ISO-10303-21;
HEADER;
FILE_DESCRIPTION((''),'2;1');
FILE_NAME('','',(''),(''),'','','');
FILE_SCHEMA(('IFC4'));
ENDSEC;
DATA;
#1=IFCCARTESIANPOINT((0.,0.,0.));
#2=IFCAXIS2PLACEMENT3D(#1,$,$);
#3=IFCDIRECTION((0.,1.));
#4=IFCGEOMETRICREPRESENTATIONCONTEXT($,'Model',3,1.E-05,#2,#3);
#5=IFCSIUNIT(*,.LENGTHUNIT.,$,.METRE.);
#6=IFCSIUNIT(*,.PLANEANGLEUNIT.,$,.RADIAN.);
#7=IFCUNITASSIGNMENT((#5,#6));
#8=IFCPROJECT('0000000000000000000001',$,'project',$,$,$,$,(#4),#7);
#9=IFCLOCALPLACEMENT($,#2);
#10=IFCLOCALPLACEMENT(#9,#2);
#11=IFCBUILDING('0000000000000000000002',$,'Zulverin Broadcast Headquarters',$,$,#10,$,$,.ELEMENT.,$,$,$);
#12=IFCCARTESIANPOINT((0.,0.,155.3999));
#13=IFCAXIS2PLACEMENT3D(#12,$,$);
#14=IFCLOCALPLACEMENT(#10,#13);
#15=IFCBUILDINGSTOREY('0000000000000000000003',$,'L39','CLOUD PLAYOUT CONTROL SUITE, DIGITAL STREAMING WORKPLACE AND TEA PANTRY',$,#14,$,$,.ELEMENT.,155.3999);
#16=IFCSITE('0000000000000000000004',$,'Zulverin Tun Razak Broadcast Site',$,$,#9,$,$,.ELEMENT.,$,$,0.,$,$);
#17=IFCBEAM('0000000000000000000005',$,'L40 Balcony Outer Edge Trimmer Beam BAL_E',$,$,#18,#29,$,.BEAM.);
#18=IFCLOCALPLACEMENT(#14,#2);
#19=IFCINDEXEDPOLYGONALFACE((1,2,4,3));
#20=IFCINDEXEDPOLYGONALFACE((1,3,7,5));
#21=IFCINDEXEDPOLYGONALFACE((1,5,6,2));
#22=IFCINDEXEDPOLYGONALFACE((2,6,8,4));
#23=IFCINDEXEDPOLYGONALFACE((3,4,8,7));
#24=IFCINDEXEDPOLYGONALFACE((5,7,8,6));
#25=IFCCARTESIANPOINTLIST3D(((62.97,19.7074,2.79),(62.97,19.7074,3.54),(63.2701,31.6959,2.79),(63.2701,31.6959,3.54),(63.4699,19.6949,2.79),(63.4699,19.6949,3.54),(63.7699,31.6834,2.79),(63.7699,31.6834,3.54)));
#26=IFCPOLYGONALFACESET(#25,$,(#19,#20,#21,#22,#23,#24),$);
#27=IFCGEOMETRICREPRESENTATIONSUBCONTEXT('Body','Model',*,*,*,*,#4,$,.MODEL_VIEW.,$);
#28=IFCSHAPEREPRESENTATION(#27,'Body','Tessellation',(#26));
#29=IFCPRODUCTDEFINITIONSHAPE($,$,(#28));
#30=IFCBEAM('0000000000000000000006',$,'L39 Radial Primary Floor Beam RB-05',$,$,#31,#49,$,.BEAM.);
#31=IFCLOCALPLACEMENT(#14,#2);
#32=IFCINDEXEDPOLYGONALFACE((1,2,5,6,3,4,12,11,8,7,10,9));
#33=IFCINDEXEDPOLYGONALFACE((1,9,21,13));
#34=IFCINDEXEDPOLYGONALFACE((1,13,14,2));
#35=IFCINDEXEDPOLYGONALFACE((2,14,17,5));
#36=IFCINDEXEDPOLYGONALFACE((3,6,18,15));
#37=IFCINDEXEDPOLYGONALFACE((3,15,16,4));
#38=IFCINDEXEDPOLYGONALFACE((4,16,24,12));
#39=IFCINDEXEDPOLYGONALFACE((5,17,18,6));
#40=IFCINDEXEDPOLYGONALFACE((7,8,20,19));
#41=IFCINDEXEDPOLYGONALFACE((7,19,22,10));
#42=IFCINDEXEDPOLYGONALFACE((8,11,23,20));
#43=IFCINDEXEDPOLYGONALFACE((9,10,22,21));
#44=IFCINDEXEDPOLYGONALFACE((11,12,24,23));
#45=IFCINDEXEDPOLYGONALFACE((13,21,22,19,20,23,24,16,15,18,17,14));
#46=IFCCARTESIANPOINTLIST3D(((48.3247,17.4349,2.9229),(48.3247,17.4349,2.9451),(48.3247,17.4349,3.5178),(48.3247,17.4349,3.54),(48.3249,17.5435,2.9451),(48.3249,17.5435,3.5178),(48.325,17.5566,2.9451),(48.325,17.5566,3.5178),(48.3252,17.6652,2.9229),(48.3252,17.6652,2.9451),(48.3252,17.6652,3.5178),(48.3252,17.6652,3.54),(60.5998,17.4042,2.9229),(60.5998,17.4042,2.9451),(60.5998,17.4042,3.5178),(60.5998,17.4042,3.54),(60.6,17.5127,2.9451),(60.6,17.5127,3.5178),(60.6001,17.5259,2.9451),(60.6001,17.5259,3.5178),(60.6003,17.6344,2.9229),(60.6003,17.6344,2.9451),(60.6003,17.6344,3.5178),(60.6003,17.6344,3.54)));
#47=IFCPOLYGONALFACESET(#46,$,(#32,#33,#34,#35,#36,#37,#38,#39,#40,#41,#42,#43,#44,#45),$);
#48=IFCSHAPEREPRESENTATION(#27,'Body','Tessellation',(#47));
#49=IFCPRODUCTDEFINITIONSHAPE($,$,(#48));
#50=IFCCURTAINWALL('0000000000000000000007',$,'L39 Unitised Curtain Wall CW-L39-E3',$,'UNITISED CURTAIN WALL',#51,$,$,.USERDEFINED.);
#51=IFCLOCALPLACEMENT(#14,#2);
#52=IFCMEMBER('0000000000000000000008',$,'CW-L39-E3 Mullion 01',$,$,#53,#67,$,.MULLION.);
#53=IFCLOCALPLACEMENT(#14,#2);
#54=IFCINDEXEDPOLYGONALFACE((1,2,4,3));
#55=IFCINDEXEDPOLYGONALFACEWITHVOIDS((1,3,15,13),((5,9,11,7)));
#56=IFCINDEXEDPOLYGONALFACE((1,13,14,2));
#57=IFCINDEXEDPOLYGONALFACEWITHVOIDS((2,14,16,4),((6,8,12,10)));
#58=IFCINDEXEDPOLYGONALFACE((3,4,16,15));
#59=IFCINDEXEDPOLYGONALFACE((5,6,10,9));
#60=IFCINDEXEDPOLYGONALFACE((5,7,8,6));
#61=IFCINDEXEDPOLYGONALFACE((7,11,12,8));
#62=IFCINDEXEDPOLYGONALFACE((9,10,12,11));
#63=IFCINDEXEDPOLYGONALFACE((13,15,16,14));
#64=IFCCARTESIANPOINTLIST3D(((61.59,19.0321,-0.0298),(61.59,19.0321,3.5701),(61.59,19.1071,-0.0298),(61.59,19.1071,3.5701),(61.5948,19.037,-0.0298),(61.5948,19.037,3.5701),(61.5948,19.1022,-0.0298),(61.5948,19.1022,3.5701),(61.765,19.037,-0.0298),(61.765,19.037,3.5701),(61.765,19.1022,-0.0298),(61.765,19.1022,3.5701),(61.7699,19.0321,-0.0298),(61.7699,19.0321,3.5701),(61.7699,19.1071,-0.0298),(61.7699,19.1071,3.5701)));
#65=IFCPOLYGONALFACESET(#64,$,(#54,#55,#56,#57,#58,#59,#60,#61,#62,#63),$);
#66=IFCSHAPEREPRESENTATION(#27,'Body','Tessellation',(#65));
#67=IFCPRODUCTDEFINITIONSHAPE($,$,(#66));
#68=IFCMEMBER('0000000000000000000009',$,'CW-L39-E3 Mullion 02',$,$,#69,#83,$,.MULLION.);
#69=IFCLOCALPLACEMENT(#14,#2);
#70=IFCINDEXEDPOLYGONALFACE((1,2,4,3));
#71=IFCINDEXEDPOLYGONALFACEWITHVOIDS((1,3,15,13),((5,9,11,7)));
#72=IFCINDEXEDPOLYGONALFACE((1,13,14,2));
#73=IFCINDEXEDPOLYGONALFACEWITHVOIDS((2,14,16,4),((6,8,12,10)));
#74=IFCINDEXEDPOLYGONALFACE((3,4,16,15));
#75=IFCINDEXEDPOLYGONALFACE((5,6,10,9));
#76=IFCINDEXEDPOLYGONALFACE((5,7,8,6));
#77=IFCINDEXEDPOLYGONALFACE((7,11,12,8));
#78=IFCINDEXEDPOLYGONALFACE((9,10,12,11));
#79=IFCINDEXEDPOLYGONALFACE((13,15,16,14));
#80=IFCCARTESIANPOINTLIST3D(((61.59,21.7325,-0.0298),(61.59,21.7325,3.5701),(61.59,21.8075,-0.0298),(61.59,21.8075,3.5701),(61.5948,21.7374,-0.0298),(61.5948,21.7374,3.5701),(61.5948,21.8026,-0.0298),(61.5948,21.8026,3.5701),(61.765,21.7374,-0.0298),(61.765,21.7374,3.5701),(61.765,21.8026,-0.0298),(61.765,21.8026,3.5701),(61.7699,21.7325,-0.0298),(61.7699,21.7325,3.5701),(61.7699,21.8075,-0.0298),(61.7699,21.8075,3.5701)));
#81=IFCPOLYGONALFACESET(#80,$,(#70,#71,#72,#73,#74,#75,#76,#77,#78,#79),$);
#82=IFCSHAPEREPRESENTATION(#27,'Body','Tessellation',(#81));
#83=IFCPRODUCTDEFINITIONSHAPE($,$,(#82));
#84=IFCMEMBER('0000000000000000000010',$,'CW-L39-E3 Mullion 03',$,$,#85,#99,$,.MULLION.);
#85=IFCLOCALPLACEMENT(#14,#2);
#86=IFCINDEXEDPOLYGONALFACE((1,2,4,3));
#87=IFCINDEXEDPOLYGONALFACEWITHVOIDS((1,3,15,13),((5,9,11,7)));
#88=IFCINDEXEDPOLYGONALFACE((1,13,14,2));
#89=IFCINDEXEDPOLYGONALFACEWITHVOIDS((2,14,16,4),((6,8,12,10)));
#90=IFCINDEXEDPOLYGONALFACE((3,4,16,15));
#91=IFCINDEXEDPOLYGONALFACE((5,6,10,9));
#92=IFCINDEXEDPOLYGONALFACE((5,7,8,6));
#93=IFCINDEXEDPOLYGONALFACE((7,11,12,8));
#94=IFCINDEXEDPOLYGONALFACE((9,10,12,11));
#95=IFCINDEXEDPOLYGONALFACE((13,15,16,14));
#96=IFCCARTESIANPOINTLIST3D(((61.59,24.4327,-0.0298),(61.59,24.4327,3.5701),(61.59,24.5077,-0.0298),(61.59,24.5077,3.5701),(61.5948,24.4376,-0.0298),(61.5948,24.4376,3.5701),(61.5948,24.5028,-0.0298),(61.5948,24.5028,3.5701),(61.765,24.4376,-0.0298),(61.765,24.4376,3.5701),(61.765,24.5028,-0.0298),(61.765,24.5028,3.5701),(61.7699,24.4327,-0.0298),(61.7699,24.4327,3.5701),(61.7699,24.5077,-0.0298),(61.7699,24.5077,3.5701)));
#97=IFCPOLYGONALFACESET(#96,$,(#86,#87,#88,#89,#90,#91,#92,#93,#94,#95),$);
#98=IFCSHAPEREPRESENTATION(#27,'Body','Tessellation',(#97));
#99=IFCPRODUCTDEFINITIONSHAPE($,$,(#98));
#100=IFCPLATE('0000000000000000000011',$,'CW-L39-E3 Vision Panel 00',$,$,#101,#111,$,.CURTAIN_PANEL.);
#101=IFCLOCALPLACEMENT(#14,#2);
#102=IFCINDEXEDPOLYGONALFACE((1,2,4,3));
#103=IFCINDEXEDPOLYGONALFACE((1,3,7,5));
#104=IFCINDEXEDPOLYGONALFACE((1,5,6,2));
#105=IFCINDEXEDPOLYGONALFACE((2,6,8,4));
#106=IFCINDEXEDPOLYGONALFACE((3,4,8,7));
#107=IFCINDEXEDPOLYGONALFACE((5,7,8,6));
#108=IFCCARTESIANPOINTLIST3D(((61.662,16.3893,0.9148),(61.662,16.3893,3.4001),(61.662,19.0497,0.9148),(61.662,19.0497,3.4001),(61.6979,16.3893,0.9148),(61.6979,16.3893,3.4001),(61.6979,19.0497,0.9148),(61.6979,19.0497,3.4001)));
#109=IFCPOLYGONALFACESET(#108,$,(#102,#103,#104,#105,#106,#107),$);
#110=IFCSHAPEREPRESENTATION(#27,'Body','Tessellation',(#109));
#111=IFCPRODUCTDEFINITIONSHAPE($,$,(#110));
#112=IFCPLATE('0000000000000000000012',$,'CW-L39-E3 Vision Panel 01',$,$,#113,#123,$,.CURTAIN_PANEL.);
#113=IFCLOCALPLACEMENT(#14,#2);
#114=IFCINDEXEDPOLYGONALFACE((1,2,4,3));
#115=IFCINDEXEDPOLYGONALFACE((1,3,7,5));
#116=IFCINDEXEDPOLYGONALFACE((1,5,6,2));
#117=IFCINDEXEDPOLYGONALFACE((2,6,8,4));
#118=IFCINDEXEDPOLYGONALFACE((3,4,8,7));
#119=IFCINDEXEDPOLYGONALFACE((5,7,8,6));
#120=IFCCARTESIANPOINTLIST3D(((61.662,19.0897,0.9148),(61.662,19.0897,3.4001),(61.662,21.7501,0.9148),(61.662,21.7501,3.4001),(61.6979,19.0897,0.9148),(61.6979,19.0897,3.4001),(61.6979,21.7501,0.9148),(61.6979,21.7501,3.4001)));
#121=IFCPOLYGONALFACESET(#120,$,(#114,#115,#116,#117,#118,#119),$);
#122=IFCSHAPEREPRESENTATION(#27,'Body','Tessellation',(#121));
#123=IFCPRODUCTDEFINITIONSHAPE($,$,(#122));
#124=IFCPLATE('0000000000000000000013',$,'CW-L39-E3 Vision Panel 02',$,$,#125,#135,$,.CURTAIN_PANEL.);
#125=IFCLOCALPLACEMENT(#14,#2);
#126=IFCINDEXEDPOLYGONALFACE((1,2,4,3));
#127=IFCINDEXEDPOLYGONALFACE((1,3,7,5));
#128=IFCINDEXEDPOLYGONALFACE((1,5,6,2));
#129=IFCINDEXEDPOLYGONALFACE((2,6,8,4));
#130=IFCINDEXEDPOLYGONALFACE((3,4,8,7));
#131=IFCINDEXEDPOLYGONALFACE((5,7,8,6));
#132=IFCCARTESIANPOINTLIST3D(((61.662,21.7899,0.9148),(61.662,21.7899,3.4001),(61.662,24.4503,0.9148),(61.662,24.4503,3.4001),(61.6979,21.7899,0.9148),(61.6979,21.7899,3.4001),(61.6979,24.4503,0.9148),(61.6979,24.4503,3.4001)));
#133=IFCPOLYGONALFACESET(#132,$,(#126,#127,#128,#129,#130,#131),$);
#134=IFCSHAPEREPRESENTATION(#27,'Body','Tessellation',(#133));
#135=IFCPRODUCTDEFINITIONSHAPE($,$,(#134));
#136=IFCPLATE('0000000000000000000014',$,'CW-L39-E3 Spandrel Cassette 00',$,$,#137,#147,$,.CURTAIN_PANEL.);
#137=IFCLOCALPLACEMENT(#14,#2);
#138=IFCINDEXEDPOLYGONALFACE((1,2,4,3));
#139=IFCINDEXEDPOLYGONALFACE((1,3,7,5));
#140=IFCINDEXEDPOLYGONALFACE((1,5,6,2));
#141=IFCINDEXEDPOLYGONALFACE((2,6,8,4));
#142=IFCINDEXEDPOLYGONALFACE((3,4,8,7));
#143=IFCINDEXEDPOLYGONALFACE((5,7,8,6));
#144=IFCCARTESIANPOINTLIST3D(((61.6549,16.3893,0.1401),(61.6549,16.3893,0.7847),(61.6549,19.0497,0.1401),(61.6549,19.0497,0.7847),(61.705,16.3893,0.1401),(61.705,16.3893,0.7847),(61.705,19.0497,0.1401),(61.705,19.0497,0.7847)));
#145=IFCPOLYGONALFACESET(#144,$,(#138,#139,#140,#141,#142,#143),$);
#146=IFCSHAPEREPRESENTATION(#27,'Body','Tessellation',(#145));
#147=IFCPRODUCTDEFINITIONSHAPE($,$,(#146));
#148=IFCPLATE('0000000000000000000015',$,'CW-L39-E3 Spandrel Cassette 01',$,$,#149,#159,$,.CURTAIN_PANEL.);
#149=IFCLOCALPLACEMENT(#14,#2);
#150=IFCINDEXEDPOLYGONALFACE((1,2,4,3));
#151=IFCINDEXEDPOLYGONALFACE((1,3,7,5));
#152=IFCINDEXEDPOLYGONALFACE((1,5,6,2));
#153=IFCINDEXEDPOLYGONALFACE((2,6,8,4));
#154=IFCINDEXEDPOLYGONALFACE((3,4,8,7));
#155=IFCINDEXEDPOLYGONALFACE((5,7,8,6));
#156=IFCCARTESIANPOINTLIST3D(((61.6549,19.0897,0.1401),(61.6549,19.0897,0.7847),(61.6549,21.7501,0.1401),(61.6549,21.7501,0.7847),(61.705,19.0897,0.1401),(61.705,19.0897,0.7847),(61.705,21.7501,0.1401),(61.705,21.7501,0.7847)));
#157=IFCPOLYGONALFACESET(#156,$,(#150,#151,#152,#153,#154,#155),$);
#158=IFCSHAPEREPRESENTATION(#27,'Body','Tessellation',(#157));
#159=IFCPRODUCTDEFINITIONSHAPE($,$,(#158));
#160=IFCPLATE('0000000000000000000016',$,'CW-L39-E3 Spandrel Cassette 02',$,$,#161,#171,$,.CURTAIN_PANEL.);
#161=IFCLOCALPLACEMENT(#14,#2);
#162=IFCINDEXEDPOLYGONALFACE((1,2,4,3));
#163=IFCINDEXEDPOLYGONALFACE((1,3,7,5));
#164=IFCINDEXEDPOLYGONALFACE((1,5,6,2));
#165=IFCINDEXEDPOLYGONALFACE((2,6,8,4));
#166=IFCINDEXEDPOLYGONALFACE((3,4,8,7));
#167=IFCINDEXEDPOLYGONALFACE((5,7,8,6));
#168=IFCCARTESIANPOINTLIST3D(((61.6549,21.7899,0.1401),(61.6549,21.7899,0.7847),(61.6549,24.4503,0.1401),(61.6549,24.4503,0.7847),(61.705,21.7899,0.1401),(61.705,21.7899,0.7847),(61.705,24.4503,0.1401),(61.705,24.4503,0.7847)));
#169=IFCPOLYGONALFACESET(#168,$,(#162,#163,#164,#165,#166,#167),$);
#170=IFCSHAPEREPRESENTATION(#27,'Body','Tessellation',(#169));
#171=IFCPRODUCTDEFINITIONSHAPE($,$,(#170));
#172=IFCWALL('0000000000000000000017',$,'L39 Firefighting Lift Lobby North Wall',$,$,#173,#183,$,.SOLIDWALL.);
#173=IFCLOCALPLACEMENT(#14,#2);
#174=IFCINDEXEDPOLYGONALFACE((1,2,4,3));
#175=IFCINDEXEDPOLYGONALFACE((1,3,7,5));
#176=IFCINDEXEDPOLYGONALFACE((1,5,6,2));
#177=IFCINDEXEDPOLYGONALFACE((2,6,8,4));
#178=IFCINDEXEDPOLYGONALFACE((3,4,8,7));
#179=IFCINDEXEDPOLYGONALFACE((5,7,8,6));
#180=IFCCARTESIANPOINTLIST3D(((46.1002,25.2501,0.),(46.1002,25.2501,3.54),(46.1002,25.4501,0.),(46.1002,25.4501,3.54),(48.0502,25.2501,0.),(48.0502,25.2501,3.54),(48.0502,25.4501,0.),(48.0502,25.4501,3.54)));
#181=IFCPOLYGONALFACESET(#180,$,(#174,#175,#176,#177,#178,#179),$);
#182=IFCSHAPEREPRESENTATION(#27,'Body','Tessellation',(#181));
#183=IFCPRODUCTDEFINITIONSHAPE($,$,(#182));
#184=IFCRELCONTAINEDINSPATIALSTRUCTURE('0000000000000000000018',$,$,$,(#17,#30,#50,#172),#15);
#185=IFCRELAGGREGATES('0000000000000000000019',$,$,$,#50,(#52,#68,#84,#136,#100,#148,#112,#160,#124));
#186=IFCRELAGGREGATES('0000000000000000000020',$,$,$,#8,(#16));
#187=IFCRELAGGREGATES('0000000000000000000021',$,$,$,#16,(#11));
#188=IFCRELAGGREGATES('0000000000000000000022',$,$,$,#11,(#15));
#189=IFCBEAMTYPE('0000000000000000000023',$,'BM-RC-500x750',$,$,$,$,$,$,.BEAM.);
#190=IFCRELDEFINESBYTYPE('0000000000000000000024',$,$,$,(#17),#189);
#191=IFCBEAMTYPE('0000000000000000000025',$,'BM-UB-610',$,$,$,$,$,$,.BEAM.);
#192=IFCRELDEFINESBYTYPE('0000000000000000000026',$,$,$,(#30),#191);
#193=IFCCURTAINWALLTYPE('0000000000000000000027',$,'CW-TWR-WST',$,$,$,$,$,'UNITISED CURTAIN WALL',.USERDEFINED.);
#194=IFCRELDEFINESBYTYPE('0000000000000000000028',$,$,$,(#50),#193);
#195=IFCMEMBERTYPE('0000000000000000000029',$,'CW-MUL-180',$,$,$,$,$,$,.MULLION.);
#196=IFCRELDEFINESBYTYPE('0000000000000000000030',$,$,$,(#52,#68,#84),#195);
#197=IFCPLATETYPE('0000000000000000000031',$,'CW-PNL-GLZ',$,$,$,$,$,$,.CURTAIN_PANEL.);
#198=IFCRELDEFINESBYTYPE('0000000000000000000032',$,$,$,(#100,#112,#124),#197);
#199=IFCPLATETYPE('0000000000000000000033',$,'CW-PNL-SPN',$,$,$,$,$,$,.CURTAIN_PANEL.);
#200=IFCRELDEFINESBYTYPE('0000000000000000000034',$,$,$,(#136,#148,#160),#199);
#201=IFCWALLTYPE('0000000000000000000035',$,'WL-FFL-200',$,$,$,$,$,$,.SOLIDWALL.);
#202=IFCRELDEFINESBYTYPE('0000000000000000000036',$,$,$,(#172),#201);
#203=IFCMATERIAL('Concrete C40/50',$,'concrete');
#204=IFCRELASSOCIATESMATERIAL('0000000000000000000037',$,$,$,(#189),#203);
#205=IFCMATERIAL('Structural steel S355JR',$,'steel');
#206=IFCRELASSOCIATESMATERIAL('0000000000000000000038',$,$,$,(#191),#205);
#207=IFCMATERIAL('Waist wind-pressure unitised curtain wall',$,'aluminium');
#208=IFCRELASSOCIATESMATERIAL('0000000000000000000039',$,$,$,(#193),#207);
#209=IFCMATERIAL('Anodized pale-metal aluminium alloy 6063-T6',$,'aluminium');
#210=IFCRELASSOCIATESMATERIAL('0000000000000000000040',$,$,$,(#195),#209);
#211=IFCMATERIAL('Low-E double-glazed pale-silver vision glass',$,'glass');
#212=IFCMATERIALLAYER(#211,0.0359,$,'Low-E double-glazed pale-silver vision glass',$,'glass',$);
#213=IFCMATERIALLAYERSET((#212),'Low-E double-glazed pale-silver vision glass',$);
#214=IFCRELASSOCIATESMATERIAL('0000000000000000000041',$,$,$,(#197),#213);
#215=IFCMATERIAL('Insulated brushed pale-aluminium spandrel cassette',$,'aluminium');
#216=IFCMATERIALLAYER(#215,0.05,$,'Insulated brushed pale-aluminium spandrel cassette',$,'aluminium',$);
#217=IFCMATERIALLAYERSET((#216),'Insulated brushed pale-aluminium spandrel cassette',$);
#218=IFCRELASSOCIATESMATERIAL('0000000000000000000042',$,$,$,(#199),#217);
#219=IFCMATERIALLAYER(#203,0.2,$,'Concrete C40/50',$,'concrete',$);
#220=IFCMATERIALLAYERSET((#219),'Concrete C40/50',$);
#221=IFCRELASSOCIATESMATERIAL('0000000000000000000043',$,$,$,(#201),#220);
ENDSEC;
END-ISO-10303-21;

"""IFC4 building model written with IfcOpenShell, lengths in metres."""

from ifc_helpers import new_model, si_unit, direction, frame, frame_2d, origin, origin_2d, place, context, subcontext, project, spatial, rectangle, hollow_rectangle, i_section, extrude, material, layer, layer_set, material_profile, profile_set, type_object, element, aggregate, save


model = new_model("IFC4")

# Units and contexts
model_context = context("Model", 3, precision=1e-05, world=origin(), true_north=direction((0.0, 1.0)))
body_context = subcontext(model_context, "Body", "Model", "MODEL_VIEW")
ifc_project = project(units=[si_unit("LENGTHUNIT", "METRE"), si_unit("PLANEANGLEUNIT", "RADIAN")], contexts=[model_context])

# Site, building, storey
site_placement = place(None, origin())
site = spatial("IfcSite", under=ifc_project, at=site_placement, Name="Zulverin Tun Razak Broadcast Site", CompositionType="ELEMENT", RefElevation=0.0)
building_placement = place(site_placement, origin())
building = spatial("IfcBuilding", under=site, at=building_placement, Name="Zulverin Broadcast Headquarters", CompositionType="ELEMENT")
storey_placement = place(building_placement, frame((0.0, 0.0, 155.3999)))
storey = spatial("IfcBuildingStorey", under=building, at=storey_placement, Name="L39", Description="CLOUD PLAYOUT CONTROL SUITE, DIGITAL STREAMING WORKPLACE AND TEA PANTRY", CompositionType="ELEMENT", Elevation=155.3999)

# Beams
ifc_material_1 = material(Name="Concrete C40/50", Category="concrete")
ifc_material_profile_1 = material_profile(ifc_material_1, rectangle(XDim=0.5, YDim=0.75, at=origin_2d()), Name="Concrete C40/50", Category="concrete")
ifc_profile_set_1 = profile_set([ifc_material_profile_1], Name="Concrete C40/50")
beam_type_1 = type_object("IfcBeamType", Name="BM-RC-500x750", PredefinedType="BEAM", material=ifc_profile_set_1)
beam_1_placement = place(storey_placement, frame((63.22, 19.7012, 3.165), z_axis=(0.02502, 0.999687, 0.0), x_axis=(-0.999687, 0.02502, 0.0)))
element("IfcBeam", 1, at=beam_1_placement, inside=storey, type_object=beam_type_1, Name="L40 Balcony Outer Edge Trimmer Beam BAL_E", PredefinedType="BEAM", context=body_context, shape_type="SweptSolid", body=[
    extrude(rectangle(XDim=0.5, YDim=0.75, at=origin_2d()), origin(), (0.0, 0.0, 1.0), 11.9922),
])
ifc_material_2 = material(Name="Structural steel S355JR", Category="steel")
ifc_material_profile_2 = material_profile(ifc_material_2, i_section(OverallWidth=0.2302, OverallDepth=0.6172, WebThickness=0.0132, FlangeThickness=0.0222, at=origin_2d()), Name="Structural steel S355JR", Category="steel")
ifc_profile_set_2 = profile_set([ifc_material_profile_2], Name="Structural steel S355JR")
beam_type_2 = type_object("IfcBeamType", Name="BM-UB-610", PredefinedType="BEAM", material=ifc_profile_set_2)
beam_2_placement = place(storey_placement, frame((48.325, 17.55, 3.2314), z_axis=(0.999997, -0.002506, 0.0), x_axis=(0.002506, 0.999997, 0.0)))
element("IfcBeam", 2, at=beam_2_placement, inside=storey, type_object=beam_type_2, Name="L39 Radial Primary Floor Beam RB-05", PredefinedType="BEAM", context=body_context, shape_type="SweptSolid", body=[
    extrude(i_section(OverallWidth=0.2302, OverallDepth=0.6172, WebThickness=0.0132, FlangeThickness=0.0222, at=origin_2d()), origin(), (0.0, 0.0, 1.0), 12.2751),
])

# Curtain wall, members, plates
ifc_material_3 = material(Name="Waist wind-pressure unitised curtain wall", Category="aluminium")
curtain_wall_type = type_object("IfcCurtainWallType", Name="CW-TWR-WST", ElementType="UNITISED CURTAIN WALL", PredefinedType="USERDEFINED", material=ifc_material_3)
curtain_wall_placement = place(storey_placement, origin())
curtain_wall = element("IfcCurtainWall", 3, at=curtain_wall_placement, inside=storey, type_object=curtain_wall_type, Name="L39 Unitised Curtain Wall CW-L39-E3", ObjectType="UNITISED CURTAIN WALL", PredefinedType="USERDEFINED")
ifc_material_4 = material(Name="Anodized pale-metal aluminium alloy 6063-T6", Category="aluminium")
ifc_material_profile_3 = material_profile(ifc_material_4, hollow_rectangle(XDim=0.075, YDim=0.1799, WallThickness=0.0049, at=origin_2d()), Name="Anodized pale-metal aluminium alloy 6063-T6", Category="aluminium")
ifc_profile_set_3 = profile_set([ifc_material_profile_3], Name="Anodized pale-metal aluminium alloy 6063-T6")
member_type = type_object("IfcMemberType", Name="CW-MUL-180", PredefinedType="MULLION", material=ifc_profile_set_3)
member_1_placement = place(storey_placement, frame((61.6799, 19.0696, -0.0298), z_axis=(0.0, 0.0, 1.0), x_axis=(0.0, 1.0, 0.0)))
member_1 = element("IfcMember", 4, at=member_1_placement, type_object=member_type, Name="CW-L39-E3 Mullion 01", PredefinedType="MULLION", context=body_context, shape_type="SweptSolid", body=[
    extrude(hollow_rectangle(XDim=0.075, YDim=0.1799, WallThickness=0.0049, at=origin_2d()), origin(), (0.0, 0.0, 1.0), 3.5999),
])
member_2_placement = place(storey_placement, frame((61.6799, 21.77, -0.0298), z_axis=(0.0, 0.0, 1.0), x_axis=(0.0, 1.0, 0.0)))
member_2 = element("IfcMember", 5, at=member_2_placement, type_object=member_type, Name="CW-L39-E3 Mullion 02", PredefinedType="MULLION", context=body_context, shape_type="SweptSolid", body=[
    extrude(hollow_rectangle(XDim=0.075, YDim=0.1799, WallThickness=0.0049, at=origin_2d()), origin(), (0.0, 0.0, 1.0), 3.5999),
])
member_3_placement = place(storey_placement, frame((61.6799, 24.4702, -0.0298), z_axis=(0.0, 0.0, 1.0), x_axis=(0.0, 1.0, 0.0)))
member_3 = element("IfcMember", 6, at=member_3_placement, type_object=member_type, Name="CW-L39-E3 Mullion 03", PredefinedType="MULLION", context=body_context, shape_type="SweptSolid", body=[
    extrude(hollow_rectangle(XDim=0.075, YDim=0.1799, WallThickness=0.0049, at=origin_2d()), origin(), (0.0, 0.0, 1.0), 3.5999),
])
ifc_material_5 = material(Name="Low-E double-glazed pale-silver vision glass", Category="glass")
ifc_layer_1 = layer(ifc_material_5, 0.0359, Name="Low-E double-glazed pale-silver vision glass", Category="glass")
ifc_layer_set_1 = layer_set([ifc_layer_1], Name="Low-E double-glazed pale-silver vision glass")
plate_type_1 = type_object("IfcPlateType", Name="CW-PNL-GLZ", PredefinedType="CURTAIN_PANEL", material=ifc_layer_set_1)
plate_1_placement = place(storey_placement, frame((61.6799, 17.7195, 0.9148), z_axis=(0.0, 0.0, 1.0), x_axis=(0.0, 1.0, 0.0)))
plate_1 = element("IfcPlate", 7, at=plate_1_placement, type_object=plate_type_1, Name="CW-L39-E3 Vision Panel 00", PredefinedType="CURTAIN_PANEL", context=body_context, shape_type="SweptSolid", body=[
    extrude(rectangle(XDim=2.6604, YDim=0.0359, at=origin_2d()), origin(), (0.0, 0.0, 1.0), 2.4854),
])
plate_2_placement = place(storey_placement, frame((61.6799, 20.4199, 0.9148), z_axis=(0.0, 0.0, 1.0), x_axis=(0.0, 1.0, 0.0)))
plate_2 = element("IfcPlate", 8, at=plate_2_placement, type_object=plate_type_1, Name="CW-L39-E3 Vision Panel 01", PredefinedType="CURTAIN_PANEL", context=body_context, shape_type="SweptSolid", body=[
    extrude(rectangle(XDim=2.6604, YDim=0.0359, at=origin_2d()), origin(), (0.0, 0.0, 1.0), 2.4854),
])
plate_3_placement = place(storey_placement, frame((61.6799, 23.1201, 0.9148), z_axis=(0.0, 0.0, 1.0), x_axis=(0.0, 1.0, 0.0)))
plate_3 = element("IfcPlate", 9, at=plate_3_placement, type_object=plate_type_1, Name="CW-L39-E3 Vision Panel 02", PredefinedType="CURTAIN_PANEL", context=body_context, shape_type="SweptSolid", body=[
    extrude(rectangle(XDim=2.6604, YDim=0.0359, at=origin_2d()), origin(), (0.0, 0.0, 1.0), 2.4854),
])
ifc_material_6 = material(Name="Insulated brushed pale-aluminium spandrel cassette", Category="aluminium")
ifc_layer_2 = layer(ifc_material_6, 0.05, Name="Insulated brushed pale-aluminium spandrel cassette", Category="aluminium")
ifc_layer_set_2 = layer_set([ifc_layer_2], Name="Insulated brushed pale-aluminium spandrel cassette")
plate_type_2 = type_object("IfcPlateType", Name="CW-PNL-SPN", PredefinedType="CURTAIN_PANEL", material=ifc_layer_set_2)
plate_4_placement = place(storey_placement, frame((61.6799, 17.7195, 0.1401), z_axis=(0.0, 0.0, 1.0), x_axis=(0.0, 1.0, 0.0)))
plate_4 = element("IfcPlate", 10, at=plate_4_placement, type_object=plate_type_2, Name="CW-L39-E3 Spandrel Cassette 00", PredefinedType="CURTAIN_PANEL", context=body_context, shape_type="SweptSolid", body=[
    extrude(rectangle(XDim=2.6604, YDim=0.05, at=origin_2d()), origin(), (0.0, 0.0, 1.0), 0.6445),
])
plate_5_placement = place(storey_placement, frame((61.6799, 20.4199, 0.1401), z_axis=(0.0, 0.0, 1.0), x_axis=(0.0, 1.0, 0.0)))
plate_5 = element("IfcPlate", 11, at=plate_5_placement, type_object=plate_type_2, Name="CW-L39-E3 Spandrel Cassette 01", PredefinedType="CURTAIN_PANEL", context=body_context, shape_type="SweptSolid", body=[
    extrude(rectangle(XDim=2.6604, YDim=0.05, at=origin_2d()), origin(), (0.0, 0.0, 1.0), 0.6445),
])
plate_6_placement = place(storey_placement, frame((61.6799, 23.1201, 0.1401), z_axis=(0.0, 0.0, 1.0), x_axis=(0.0, 1.0, 0.0)))
plate_6 = element("IfcPlate", 12, at=plate_6_placement, type_object=plate_type_2, Name="CW-L39-E3 Spandrel Cassette 02", PredefinedType="CURTAIN_PANEL", context=body_context, shape_type="SweptSolid", body=[
    extrude(rectangle(XDim=2.6604, YDim=0.05, at=origin_2d()), origin(), (0.0, 0.0, 1.0), 0.6445),
])
aggregate(curtain_wall, [member_1, member_2, member_3, plate_4, plate_1, plate_5, plate_2, plate_6, plate_3])

# Wall
ifc_layer_3 = layer(ifc_material_1, 0.2, Name="Concrete C40/50", Category="concrete")
ifc_layer_set_3 = layer_set([ifc_layer_3], Name="Concrete C40/50")
wall_type_1 = type_object("IfcWallType", Name="WL-FFL-200", PredefinedType="SOLIDWALL", material=ifc_layer_set_3)
wall_1_placement = place(storey_placement, frame((46.1001, 25.3501, 0.0), z_axis=(0.0, 0.0, 1.0), x_axis=(1.0, 0.0, 0.0)))
element("IfcWall", 13, at=wall_1_placement, inside=storey, type_object=wall_type_1, Name="L39 Firefighting Lift Lobby North Wall", PredefinedType="SOLIDWALL", context=body_context, shape_type="SweptSolid", body=[
    extrude(rectangle(XDim=1.95, YDim=0.2, at=frame_2d((0.9751, 0.0))), origin(), (0.0, 0.0, 1.0), 3.54),
])

save(model, "model.ifc")
